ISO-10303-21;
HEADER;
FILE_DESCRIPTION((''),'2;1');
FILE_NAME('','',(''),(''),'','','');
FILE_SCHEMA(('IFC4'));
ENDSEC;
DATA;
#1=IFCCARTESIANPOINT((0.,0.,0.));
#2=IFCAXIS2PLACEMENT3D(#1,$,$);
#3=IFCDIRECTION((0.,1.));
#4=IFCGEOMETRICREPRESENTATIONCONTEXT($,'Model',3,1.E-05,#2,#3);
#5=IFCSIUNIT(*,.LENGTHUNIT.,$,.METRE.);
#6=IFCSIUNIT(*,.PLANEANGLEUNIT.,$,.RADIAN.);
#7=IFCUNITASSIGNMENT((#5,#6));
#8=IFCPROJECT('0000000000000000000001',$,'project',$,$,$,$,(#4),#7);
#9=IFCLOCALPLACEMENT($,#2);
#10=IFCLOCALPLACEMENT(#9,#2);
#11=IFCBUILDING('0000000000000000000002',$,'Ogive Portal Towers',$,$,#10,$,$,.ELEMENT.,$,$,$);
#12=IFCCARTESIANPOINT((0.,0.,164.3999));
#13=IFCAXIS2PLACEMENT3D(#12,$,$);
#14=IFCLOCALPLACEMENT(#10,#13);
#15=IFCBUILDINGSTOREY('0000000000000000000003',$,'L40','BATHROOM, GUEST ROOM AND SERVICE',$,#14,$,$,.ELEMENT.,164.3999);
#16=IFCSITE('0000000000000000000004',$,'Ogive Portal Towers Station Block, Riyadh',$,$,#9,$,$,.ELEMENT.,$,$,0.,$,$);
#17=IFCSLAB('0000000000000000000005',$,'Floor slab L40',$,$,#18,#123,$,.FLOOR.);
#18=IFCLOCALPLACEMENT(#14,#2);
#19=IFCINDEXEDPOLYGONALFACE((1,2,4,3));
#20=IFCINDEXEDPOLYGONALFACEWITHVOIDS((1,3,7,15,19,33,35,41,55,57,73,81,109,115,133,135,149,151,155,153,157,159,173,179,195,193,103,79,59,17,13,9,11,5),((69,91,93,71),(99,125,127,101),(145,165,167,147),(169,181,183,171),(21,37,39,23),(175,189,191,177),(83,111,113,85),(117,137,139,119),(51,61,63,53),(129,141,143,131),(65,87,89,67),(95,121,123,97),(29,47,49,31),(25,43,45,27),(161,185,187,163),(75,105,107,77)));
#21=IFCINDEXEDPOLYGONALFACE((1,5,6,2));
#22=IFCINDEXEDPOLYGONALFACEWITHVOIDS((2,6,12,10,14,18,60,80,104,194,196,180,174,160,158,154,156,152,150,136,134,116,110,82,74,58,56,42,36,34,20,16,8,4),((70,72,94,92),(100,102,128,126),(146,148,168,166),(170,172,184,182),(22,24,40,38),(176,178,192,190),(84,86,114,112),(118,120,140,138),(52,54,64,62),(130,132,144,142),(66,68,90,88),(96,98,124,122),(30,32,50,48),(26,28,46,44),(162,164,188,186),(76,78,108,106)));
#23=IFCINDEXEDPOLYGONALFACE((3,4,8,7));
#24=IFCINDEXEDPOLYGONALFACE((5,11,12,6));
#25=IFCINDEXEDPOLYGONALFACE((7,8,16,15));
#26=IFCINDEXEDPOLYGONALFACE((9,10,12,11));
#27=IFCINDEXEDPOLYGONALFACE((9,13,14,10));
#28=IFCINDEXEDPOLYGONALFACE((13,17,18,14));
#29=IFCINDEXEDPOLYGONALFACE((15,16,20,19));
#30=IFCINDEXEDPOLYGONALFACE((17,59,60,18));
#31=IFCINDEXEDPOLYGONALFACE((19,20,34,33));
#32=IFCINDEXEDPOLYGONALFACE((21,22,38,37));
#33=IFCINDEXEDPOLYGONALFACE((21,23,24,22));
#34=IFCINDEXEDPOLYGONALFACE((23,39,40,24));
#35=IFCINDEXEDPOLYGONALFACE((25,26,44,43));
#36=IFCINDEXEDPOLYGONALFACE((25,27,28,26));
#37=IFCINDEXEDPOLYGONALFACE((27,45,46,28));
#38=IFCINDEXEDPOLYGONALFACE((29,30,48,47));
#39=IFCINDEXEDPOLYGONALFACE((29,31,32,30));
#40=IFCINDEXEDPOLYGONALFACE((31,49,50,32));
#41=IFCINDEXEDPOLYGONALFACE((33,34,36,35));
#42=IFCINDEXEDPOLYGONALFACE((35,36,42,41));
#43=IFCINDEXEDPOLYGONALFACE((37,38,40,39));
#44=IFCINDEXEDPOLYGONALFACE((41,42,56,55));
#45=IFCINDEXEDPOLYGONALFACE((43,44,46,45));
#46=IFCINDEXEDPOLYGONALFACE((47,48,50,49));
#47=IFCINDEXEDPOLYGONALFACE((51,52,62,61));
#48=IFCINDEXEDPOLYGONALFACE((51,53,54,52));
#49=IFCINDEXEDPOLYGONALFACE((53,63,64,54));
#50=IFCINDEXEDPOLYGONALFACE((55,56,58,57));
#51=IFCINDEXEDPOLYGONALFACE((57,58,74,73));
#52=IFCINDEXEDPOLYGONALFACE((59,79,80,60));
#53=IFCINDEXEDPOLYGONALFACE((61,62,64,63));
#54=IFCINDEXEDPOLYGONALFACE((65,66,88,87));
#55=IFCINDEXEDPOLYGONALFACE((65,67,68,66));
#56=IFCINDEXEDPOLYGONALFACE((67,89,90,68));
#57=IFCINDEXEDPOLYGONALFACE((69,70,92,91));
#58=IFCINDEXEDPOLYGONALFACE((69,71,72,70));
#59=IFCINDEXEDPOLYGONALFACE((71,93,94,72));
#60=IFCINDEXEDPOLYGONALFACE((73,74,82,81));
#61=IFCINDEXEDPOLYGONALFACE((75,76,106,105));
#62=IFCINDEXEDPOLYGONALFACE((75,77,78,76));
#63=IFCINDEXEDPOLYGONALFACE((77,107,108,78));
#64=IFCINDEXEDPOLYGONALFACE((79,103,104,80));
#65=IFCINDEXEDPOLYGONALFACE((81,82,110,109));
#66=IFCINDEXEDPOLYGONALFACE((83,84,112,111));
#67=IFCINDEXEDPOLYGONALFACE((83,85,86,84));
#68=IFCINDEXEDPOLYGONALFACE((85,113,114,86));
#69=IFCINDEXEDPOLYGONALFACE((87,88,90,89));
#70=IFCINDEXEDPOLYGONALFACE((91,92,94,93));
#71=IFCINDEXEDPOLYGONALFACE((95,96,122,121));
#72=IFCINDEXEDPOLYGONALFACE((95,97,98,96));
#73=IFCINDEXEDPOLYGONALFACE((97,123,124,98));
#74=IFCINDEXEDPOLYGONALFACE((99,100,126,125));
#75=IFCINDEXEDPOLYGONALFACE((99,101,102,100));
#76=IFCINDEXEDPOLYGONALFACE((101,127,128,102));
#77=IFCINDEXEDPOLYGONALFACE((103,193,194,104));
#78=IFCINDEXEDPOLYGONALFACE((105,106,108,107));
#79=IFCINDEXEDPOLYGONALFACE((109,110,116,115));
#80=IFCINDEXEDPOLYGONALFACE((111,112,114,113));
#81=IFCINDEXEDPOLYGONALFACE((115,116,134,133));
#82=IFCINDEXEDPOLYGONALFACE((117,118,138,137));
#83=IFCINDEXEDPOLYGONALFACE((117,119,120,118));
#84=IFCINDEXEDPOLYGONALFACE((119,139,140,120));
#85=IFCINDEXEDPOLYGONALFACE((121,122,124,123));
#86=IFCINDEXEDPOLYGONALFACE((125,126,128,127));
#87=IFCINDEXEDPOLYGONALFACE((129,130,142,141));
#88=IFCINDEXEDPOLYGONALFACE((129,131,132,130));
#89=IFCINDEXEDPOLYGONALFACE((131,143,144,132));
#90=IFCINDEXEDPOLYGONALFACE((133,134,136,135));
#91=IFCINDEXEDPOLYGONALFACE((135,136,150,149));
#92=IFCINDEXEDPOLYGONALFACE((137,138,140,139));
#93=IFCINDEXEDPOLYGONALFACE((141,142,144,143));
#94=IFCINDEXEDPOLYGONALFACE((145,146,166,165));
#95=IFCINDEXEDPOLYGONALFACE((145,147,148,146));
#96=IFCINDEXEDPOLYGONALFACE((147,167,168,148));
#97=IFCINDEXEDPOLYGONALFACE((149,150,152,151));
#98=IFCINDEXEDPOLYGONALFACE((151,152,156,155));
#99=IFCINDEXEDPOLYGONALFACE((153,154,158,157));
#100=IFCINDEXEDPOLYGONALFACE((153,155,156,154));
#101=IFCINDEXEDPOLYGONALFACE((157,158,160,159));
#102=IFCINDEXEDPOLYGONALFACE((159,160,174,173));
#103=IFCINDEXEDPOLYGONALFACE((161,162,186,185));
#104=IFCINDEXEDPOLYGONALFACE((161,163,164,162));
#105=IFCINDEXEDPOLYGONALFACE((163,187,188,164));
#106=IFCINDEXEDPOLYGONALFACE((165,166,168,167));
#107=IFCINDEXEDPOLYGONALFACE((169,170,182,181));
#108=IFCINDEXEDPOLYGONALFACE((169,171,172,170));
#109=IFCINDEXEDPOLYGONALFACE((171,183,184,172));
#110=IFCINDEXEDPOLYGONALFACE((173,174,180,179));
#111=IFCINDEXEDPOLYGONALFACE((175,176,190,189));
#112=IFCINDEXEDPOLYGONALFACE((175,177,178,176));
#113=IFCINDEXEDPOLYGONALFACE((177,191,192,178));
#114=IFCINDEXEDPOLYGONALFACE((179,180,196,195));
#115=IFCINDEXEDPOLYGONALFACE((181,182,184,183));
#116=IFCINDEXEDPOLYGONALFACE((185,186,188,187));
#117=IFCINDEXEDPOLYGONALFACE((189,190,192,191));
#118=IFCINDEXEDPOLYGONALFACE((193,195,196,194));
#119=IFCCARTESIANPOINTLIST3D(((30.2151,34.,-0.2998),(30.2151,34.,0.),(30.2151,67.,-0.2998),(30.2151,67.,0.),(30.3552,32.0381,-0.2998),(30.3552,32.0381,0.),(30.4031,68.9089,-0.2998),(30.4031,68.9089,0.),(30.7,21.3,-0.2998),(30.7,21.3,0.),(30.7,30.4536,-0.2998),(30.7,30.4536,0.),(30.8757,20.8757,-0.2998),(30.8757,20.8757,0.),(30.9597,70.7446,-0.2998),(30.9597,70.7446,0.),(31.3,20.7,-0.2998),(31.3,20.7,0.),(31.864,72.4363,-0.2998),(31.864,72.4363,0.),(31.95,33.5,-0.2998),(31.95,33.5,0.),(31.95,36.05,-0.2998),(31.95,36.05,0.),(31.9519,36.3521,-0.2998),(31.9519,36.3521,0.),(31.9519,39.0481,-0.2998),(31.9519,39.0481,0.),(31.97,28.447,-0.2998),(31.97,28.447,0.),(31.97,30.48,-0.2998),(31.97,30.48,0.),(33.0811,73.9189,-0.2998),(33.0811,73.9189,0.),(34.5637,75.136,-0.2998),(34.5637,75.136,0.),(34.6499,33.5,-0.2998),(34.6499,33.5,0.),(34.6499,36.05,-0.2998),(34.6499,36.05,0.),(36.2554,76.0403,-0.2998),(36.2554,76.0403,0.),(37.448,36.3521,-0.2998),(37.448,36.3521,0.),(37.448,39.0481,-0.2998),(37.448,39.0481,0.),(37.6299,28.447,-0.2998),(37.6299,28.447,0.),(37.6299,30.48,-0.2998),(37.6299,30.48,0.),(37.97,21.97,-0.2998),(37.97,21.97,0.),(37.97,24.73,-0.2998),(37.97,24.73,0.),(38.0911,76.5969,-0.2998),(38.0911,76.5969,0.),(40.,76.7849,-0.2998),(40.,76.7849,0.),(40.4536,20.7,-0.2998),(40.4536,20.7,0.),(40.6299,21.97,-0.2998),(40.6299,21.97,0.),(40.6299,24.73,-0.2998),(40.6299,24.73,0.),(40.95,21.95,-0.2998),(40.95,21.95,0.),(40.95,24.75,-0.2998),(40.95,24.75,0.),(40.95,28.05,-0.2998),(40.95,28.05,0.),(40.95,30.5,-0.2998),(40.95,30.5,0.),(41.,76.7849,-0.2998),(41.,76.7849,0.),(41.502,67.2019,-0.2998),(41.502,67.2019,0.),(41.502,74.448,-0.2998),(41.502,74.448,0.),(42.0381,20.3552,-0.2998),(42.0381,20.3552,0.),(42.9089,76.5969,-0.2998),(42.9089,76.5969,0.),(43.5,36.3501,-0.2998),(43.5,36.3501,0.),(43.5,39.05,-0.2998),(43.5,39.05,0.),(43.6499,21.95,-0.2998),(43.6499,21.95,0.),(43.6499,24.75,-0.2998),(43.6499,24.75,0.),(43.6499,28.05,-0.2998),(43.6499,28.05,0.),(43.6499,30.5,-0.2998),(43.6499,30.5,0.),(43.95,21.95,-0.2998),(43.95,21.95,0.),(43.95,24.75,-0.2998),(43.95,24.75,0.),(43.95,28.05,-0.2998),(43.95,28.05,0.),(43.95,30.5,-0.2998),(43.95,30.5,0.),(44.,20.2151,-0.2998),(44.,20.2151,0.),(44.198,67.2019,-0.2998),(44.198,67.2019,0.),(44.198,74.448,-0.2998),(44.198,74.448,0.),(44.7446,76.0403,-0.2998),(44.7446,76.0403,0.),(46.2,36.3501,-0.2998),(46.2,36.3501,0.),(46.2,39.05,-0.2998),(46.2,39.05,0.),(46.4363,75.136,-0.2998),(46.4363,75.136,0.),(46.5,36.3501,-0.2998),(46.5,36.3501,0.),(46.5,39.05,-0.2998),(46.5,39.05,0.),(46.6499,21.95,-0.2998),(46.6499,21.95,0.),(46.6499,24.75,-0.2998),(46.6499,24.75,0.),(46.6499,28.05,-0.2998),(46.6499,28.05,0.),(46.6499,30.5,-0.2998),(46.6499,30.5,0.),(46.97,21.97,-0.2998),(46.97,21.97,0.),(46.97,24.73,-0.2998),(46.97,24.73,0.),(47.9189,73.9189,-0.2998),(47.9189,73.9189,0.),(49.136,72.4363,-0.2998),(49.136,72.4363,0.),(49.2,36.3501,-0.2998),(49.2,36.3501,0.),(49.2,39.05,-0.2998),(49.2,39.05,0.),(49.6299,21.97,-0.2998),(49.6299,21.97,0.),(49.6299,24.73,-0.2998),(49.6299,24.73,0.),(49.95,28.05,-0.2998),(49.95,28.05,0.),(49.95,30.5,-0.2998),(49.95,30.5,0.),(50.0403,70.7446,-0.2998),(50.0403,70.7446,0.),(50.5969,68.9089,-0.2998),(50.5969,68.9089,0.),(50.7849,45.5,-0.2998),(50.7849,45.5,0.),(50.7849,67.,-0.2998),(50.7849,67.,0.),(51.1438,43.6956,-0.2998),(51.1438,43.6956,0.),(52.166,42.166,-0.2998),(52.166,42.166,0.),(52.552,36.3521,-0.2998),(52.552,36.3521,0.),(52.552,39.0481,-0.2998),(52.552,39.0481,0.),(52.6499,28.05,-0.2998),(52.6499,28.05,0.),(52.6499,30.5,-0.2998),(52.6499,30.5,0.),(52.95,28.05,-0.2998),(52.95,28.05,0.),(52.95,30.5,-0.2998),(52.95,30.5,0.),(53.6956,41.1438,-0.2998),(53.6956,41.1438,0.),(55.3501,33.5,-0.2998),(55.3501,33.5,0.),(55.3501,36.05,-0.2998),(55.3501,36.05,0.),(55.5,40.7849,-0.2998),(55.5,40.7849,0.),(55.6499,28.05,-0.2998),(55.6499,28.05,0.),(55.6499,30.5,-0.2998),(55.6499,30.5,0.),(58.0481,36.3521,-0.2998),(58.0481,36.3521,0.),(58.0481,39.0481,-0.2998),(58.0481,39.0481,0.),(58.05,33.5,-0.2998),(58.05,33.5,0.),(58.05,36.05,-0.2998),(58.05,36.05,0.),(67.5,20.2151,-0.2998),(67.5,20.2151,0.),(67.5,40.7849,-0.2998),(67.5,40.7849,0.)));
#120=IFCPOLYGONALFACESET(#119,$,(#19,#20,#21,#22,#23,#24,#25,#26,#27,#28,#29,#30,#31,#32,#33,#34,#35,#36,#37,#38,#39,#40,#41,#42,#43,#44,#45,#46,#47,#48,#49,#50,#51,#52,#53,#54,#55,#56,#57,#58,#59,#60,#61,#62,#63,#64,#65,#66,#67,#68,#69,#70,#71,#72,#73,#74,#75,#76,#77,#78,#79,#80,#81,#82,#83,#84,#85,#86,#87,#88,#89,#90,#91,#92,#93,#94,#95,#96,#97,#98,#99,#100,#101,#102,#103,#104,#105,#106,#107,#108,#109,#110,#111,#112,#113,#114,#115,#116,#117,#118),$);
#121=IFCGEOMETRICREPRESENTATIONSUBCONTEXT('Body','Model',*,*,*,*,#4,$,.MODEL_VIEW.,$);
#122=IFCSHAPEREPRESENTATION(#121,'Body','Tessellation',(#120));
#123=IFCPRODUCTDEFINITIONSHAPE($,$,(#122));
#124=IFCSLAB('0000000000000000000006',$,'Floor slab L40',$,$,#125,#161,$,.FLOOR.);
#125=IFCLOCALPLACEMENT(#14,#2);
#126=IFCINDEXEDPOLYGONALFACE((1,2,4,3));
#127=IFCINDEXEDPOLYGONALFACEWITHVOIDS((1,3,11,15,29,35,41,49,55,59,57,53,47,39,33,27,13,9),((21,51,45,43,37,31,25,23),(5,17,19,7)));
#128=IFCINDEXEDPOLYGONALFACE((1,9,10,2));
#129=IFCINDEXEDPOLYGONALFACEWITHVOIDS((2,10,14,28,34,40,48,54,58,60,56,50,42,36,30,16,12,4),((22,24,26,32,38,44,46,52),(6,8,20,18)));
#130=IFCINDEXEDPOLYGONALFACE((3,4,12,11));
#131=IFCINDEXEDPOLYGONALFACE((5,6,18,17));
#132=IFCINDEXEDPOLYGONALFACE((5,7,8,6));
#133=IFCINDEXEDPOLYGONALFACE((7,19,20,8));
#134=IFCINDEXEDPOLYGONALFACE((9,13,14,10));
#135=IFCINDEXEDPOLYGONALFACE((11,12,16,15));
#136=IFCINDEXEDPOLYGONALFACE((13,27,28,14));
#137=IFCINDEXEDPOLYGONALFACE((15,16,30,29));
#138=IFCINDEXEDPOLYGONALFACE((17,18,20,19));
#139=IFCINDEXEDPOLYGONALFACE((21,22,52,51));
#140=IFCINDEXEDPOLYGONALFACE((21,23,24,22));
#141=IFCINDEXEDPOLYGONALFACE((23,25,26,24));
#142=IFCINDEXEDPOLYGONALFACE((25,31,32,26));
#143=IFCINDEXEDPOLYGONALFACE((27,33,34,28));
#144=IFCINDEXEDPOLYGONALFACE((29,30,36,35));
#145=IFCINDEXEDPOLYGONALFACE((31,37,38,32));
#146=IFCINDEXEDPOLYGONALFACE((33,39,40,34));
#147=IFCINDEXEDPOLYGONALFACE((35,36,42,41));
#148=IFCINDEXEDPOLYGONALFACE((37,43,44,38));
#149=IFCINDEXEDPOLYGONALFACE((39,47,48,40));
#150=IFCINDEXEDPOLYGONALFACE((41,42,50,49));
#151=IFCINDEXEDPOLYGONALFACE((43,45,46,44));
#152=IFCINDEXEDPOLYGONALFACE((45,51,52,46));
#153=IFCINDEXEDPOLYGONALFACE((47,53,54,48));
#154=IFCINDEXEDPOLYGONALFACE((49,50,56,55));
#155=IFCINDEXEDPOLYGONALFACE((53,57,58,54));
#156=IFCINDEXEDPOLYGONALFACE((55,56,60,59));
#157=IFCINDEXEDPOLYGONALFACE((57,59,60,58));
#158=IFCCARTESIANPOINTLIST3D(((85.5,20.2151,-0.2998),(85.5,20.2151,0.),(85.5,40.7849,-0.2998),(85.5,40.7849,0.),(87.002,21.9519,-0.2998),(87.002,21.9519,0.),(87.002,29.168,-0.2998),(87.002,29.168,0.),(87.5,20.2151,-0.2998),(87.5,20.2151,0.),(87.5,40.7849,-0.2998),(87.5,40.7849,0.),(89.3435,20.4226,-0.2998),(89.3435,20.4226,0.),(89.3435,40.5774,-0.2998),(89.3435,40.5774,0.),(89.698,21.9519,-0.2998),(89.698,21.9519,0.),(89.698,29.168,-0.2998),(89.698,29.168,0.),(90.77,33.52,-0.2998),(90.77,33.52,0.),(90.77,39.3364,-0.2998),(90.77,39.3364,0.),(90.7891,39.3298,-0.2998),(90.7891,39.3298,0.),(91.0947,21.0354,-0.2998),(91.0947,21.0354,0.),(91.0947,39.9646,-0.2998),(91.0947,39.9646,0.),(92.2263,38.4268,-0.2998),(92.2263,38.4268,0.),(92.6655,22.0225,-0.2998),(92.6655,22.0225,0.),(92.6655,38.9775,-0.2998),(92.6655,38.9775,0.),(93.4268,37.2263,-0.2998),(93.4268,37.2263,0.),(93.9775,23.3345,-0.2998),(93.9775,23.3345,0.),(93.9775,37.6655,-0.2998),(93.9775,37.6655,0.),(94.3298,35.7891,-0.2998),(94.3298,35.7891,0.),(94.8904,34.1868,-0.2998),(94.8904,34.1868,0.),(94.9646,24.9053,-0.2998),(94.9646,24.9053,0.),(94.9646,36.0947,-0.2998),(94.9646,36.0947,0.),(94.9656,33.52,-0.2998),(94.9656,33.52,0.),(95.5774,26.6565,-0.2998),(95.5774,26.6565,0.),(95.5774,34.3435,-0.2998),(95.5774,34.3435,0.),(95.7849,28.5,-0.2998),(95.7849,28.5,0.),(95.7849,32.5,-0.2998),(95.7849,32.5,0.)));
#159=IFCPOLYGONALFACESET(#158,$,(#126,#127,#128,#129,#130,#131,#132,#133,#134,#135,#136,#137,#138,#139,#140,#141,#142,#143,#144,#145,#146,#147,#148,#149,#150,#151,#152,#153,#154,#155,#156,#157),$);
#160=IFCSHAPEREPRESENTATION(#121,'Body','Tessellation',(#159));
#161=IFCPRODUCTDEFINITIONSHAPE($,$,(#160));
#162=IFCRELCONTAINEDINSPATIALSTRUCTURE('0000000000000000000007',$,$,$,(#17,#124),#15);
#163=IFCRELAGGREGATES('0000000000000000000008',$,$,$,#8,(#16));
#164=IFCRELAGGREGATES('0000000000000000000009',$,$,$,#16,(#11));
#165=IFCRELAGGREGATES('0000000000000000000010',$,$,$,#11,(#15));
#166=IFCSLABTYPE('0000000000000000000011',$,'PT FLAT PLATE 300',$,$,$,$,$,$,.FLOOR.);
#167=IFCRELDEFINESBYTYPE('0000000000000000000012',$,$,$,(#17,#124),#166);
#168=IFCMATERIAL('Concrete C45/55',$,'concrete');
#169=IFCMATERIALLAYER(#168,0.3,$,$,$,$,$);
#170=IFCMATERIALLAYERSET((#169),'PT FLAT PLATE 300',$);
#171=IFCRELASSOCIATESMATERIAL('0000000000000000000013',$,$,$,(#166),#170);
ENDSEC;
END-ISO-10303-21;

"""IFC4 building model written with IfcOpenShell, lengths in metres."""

from ifc_helpers import new_model, si_unit, direction, frame, origin, place, context, subcontext, project, spatial, polyline, outline, extrude, material, layer, layer_set, type_object, element, save


model = new_model("IFC4")

# Units and contexts
model_context = context("Model", 3, precision=1e-05, world=origin(), true_north=direction((0.0, 1.0)))
body_context = subcontext(model_context, "Body", "Model", "MODEL_VIEW")
ifc_project = project(units=[si_unit("LENGTHUNIT", "METRE"), si_unit("PLANEANGLEUNIT", "RADIAN")], contexts=[model_context])

# Site, building, storey
site_placement = place(None, origin())
site = spatial("IfcSite", under=ifc_project, at=site_placement, Name="Ogive Portal Towers Station Block, Riyadh", CompositionType="ELEMENT", RefElevation=0.0)
building_placement = place(site_placement, origin())
building = spatial("IfcBuilding", under=site, at=building_placement, Name="Ogive Portal Towers", CompositionType="ELEMENT")
storey_placement = place(building_placement, frame((0.0, 0.0, 164.3999)))
storey = spatial("IfcBuildingStorey", under=building, at=storey_placement, Name="L40", Description="BATHROOM, GUEST ROOM AND SERVICE", CompositionType="ELEMENT", Elevation=164.3999)

# Slabs
ifc_material_1 = material(Name="Concrete C45/55", Category="concrete")
ifc_layer_1 = layer(ifc_material_1, 0.3)
ifc_layer_set_1 = layer_set([ifc_layer_1], Name="PT FLAT PLATE 300")
slab_type_1 = type_object("IfcSlabType", Name="PT FLAT PLATE 300", PredefinedType="FLOOR", material=ifc_layer_set_1)
slab_1_placement = place(storey_placement, frame((0.0, 0.0, -0.2998)))
element("IfcSlab", 1, at=slab_1_placement, inside=storey, type_object=slab_type_1, Name="Floor slab L40", PredefinedType="FLOOR", context=body_context, shape_type="SweptSolid", body=[
    extrude(outline(polyline([(30.2151, 67.0), (30.2151, 34.0), (30.3552, 32.0381), (30.7, 30.4536), (30.7, 21.3), (30.8757, 20.8757), (31.3, 20.7), (40.4536, 20.7), (42.0381, 20.3552), (44.0, 20.2151), (67.5, 20.2151), (67.5, 40.7849), (55.5, 40.7849), (53.6956, 41.1438), (52.166, 42.166), (51.1438, 43.6956), (50.7849, 45.5), (50.7849, 67.0), (50.5969, 68.9089), (50.0403, 70.7446), (49.136, 72.4363), (47.9189, 73.9189), (46.4363, 75.136), (44.7446, 76.0403), (42.9089, 76.5969), (41.0, 76.7849), (40.0, 76.7849), (38.0911, 76.5969), (36.2554, 76.0403), (34.5637, 75.136), (33.0811, 73.9189), (31.864, 72.4363), (30.9597, 70.7446), (30.4031, 68.9089), (30.2151, 67.0)]), holes=[polyline([(40.6299, 21.97), (37.97, 21.97), (37.97, 24.73), (40.6299, 24.73), (40.6299, 21.97)]), polyline([(43.6499, 24.75), (43.6499, 21.95), (40.95, 21.95), (40.95, 24.75), (43.6499, 24.75)]), polyline([(46.6499, 24.75), (46.6499, 21.95), (43.95, 21.95), (43.95, 24.75), (46.6499, 24.75)]), polyline([(43.6499, 30.5), (43.6499, 28.05), (40.95, 28.05), (40.95, 30.5), (43.6499, 30.5)]), polyline([(37.6299, 28.447), (31.97, 28.447), (31.97, 30.48), (37.6299, 30.48), (37.6299, 28.447)]), polyline([(34.6499, 36.05), (34.6499, 33.5), (31.95, 33.5), (31.95, 36.05), (34.6499, 36.05)]), polyline([(31.9519, 39.0481), (37.448, 39.0481), (37.448, 36.3521), (31.9519, 36.3521), (31.9519, 39.0481)]), polyline([(46.2, 36.3501), (43.5, 36.3501), (43.5, 39.05), (46.2, 39.05), (46.2, 36.3501)]), polyline([(44.198, 67.2019), (41.502, 67.2019), (41.502, 74.448), (44.198, 74.448), (44.198, 67.2019)]), polyline([(49.6299, 21.97), (46.97, 21.97), (46.97, 24.73), (49.6299, 24.73), (49.6299, 21.97)]), polyline([(46.6499, 30.5), (46.6499, 28.05), (43.95, 28.05), (43.95, 30.5), (46.6499, 30.5)]), polyline([(52.6499, 30.5), (52.6499, 28.05), (49.95, 28.05), (49.95, 30.5), (52.6499, 30.5)]), polyline([(55.6499, 30.5), (55.6499, 28.05), (52.95, 28.05), (52.95, 30.5), (55.6499, 30.5)]), polyline([(58.05, 36.05), (58.05, 33.5), (55.3501, 33.5), (55.3501, 36.05), (58.05, 36.05)]), polyline([(49.2, 36.3501), (46.5, 36.3501), (46.5, 39.05), (49.2, 39.05), (49.2, 36.3501)]), polyline([(52.552, 36.3521), (52.552, 39.0481), (58.0481, 39.0481), (58.0481, 36.3521), (52.552, 36.3521)])]), origin(), (0.0, 0.0, 1.0), 0.2998),
])
slab_2_placement = place(storey_placement, frame((0.0, 0.0, -0.2998)))
element("IfcSlab", 2, at=slab_2_placement, inside=storey, type_object=slab_type_1, Name="Floor slab L40", PredefinedType="FLOOR", context=body_context, shape_type="SweptSolid", body=[
    extrude(outline(polyline([(89.3435, 40.5774), (87.5, 40.7849), (85.5, 40.7849), (85.5, 20.2151), (87.5, 20.2151), (89.3435, 20.4226), (91.0947, 21.0354), (92.6655, 22.0225), (93.9775, 23.3345), (94.9646, 24.9053), (95.5774, 26.6565), (95.7849, 28.5), (95.7849, 32.5), (95.5774, 34.3435), (94.9646, 36.0947), (93.9775, 37.6655), (92.6655, 38.9775), (91.0947, 39.9646), (89.3435, 40.5774)]), holes=[polyline([(87.002, 21.9519), (87.002, 29.168), (89.698, 29.168), (89.698, 21.9519), (87.002, 21.9519)]), polyline([(93.4268, 37.2263), (94.3298, 35.7891), (94.8904, 34.1868), (94.9656, 33.52), (90.77, 33.52), (90.77, 39.3364), (90.7891, 39.3298), (92.2263, 38.4268), (93.4268, 37.2263)])]), origin(), (0.0, 0.0, 1.0), 0.2998),
])

save(model, "model.ifc")
